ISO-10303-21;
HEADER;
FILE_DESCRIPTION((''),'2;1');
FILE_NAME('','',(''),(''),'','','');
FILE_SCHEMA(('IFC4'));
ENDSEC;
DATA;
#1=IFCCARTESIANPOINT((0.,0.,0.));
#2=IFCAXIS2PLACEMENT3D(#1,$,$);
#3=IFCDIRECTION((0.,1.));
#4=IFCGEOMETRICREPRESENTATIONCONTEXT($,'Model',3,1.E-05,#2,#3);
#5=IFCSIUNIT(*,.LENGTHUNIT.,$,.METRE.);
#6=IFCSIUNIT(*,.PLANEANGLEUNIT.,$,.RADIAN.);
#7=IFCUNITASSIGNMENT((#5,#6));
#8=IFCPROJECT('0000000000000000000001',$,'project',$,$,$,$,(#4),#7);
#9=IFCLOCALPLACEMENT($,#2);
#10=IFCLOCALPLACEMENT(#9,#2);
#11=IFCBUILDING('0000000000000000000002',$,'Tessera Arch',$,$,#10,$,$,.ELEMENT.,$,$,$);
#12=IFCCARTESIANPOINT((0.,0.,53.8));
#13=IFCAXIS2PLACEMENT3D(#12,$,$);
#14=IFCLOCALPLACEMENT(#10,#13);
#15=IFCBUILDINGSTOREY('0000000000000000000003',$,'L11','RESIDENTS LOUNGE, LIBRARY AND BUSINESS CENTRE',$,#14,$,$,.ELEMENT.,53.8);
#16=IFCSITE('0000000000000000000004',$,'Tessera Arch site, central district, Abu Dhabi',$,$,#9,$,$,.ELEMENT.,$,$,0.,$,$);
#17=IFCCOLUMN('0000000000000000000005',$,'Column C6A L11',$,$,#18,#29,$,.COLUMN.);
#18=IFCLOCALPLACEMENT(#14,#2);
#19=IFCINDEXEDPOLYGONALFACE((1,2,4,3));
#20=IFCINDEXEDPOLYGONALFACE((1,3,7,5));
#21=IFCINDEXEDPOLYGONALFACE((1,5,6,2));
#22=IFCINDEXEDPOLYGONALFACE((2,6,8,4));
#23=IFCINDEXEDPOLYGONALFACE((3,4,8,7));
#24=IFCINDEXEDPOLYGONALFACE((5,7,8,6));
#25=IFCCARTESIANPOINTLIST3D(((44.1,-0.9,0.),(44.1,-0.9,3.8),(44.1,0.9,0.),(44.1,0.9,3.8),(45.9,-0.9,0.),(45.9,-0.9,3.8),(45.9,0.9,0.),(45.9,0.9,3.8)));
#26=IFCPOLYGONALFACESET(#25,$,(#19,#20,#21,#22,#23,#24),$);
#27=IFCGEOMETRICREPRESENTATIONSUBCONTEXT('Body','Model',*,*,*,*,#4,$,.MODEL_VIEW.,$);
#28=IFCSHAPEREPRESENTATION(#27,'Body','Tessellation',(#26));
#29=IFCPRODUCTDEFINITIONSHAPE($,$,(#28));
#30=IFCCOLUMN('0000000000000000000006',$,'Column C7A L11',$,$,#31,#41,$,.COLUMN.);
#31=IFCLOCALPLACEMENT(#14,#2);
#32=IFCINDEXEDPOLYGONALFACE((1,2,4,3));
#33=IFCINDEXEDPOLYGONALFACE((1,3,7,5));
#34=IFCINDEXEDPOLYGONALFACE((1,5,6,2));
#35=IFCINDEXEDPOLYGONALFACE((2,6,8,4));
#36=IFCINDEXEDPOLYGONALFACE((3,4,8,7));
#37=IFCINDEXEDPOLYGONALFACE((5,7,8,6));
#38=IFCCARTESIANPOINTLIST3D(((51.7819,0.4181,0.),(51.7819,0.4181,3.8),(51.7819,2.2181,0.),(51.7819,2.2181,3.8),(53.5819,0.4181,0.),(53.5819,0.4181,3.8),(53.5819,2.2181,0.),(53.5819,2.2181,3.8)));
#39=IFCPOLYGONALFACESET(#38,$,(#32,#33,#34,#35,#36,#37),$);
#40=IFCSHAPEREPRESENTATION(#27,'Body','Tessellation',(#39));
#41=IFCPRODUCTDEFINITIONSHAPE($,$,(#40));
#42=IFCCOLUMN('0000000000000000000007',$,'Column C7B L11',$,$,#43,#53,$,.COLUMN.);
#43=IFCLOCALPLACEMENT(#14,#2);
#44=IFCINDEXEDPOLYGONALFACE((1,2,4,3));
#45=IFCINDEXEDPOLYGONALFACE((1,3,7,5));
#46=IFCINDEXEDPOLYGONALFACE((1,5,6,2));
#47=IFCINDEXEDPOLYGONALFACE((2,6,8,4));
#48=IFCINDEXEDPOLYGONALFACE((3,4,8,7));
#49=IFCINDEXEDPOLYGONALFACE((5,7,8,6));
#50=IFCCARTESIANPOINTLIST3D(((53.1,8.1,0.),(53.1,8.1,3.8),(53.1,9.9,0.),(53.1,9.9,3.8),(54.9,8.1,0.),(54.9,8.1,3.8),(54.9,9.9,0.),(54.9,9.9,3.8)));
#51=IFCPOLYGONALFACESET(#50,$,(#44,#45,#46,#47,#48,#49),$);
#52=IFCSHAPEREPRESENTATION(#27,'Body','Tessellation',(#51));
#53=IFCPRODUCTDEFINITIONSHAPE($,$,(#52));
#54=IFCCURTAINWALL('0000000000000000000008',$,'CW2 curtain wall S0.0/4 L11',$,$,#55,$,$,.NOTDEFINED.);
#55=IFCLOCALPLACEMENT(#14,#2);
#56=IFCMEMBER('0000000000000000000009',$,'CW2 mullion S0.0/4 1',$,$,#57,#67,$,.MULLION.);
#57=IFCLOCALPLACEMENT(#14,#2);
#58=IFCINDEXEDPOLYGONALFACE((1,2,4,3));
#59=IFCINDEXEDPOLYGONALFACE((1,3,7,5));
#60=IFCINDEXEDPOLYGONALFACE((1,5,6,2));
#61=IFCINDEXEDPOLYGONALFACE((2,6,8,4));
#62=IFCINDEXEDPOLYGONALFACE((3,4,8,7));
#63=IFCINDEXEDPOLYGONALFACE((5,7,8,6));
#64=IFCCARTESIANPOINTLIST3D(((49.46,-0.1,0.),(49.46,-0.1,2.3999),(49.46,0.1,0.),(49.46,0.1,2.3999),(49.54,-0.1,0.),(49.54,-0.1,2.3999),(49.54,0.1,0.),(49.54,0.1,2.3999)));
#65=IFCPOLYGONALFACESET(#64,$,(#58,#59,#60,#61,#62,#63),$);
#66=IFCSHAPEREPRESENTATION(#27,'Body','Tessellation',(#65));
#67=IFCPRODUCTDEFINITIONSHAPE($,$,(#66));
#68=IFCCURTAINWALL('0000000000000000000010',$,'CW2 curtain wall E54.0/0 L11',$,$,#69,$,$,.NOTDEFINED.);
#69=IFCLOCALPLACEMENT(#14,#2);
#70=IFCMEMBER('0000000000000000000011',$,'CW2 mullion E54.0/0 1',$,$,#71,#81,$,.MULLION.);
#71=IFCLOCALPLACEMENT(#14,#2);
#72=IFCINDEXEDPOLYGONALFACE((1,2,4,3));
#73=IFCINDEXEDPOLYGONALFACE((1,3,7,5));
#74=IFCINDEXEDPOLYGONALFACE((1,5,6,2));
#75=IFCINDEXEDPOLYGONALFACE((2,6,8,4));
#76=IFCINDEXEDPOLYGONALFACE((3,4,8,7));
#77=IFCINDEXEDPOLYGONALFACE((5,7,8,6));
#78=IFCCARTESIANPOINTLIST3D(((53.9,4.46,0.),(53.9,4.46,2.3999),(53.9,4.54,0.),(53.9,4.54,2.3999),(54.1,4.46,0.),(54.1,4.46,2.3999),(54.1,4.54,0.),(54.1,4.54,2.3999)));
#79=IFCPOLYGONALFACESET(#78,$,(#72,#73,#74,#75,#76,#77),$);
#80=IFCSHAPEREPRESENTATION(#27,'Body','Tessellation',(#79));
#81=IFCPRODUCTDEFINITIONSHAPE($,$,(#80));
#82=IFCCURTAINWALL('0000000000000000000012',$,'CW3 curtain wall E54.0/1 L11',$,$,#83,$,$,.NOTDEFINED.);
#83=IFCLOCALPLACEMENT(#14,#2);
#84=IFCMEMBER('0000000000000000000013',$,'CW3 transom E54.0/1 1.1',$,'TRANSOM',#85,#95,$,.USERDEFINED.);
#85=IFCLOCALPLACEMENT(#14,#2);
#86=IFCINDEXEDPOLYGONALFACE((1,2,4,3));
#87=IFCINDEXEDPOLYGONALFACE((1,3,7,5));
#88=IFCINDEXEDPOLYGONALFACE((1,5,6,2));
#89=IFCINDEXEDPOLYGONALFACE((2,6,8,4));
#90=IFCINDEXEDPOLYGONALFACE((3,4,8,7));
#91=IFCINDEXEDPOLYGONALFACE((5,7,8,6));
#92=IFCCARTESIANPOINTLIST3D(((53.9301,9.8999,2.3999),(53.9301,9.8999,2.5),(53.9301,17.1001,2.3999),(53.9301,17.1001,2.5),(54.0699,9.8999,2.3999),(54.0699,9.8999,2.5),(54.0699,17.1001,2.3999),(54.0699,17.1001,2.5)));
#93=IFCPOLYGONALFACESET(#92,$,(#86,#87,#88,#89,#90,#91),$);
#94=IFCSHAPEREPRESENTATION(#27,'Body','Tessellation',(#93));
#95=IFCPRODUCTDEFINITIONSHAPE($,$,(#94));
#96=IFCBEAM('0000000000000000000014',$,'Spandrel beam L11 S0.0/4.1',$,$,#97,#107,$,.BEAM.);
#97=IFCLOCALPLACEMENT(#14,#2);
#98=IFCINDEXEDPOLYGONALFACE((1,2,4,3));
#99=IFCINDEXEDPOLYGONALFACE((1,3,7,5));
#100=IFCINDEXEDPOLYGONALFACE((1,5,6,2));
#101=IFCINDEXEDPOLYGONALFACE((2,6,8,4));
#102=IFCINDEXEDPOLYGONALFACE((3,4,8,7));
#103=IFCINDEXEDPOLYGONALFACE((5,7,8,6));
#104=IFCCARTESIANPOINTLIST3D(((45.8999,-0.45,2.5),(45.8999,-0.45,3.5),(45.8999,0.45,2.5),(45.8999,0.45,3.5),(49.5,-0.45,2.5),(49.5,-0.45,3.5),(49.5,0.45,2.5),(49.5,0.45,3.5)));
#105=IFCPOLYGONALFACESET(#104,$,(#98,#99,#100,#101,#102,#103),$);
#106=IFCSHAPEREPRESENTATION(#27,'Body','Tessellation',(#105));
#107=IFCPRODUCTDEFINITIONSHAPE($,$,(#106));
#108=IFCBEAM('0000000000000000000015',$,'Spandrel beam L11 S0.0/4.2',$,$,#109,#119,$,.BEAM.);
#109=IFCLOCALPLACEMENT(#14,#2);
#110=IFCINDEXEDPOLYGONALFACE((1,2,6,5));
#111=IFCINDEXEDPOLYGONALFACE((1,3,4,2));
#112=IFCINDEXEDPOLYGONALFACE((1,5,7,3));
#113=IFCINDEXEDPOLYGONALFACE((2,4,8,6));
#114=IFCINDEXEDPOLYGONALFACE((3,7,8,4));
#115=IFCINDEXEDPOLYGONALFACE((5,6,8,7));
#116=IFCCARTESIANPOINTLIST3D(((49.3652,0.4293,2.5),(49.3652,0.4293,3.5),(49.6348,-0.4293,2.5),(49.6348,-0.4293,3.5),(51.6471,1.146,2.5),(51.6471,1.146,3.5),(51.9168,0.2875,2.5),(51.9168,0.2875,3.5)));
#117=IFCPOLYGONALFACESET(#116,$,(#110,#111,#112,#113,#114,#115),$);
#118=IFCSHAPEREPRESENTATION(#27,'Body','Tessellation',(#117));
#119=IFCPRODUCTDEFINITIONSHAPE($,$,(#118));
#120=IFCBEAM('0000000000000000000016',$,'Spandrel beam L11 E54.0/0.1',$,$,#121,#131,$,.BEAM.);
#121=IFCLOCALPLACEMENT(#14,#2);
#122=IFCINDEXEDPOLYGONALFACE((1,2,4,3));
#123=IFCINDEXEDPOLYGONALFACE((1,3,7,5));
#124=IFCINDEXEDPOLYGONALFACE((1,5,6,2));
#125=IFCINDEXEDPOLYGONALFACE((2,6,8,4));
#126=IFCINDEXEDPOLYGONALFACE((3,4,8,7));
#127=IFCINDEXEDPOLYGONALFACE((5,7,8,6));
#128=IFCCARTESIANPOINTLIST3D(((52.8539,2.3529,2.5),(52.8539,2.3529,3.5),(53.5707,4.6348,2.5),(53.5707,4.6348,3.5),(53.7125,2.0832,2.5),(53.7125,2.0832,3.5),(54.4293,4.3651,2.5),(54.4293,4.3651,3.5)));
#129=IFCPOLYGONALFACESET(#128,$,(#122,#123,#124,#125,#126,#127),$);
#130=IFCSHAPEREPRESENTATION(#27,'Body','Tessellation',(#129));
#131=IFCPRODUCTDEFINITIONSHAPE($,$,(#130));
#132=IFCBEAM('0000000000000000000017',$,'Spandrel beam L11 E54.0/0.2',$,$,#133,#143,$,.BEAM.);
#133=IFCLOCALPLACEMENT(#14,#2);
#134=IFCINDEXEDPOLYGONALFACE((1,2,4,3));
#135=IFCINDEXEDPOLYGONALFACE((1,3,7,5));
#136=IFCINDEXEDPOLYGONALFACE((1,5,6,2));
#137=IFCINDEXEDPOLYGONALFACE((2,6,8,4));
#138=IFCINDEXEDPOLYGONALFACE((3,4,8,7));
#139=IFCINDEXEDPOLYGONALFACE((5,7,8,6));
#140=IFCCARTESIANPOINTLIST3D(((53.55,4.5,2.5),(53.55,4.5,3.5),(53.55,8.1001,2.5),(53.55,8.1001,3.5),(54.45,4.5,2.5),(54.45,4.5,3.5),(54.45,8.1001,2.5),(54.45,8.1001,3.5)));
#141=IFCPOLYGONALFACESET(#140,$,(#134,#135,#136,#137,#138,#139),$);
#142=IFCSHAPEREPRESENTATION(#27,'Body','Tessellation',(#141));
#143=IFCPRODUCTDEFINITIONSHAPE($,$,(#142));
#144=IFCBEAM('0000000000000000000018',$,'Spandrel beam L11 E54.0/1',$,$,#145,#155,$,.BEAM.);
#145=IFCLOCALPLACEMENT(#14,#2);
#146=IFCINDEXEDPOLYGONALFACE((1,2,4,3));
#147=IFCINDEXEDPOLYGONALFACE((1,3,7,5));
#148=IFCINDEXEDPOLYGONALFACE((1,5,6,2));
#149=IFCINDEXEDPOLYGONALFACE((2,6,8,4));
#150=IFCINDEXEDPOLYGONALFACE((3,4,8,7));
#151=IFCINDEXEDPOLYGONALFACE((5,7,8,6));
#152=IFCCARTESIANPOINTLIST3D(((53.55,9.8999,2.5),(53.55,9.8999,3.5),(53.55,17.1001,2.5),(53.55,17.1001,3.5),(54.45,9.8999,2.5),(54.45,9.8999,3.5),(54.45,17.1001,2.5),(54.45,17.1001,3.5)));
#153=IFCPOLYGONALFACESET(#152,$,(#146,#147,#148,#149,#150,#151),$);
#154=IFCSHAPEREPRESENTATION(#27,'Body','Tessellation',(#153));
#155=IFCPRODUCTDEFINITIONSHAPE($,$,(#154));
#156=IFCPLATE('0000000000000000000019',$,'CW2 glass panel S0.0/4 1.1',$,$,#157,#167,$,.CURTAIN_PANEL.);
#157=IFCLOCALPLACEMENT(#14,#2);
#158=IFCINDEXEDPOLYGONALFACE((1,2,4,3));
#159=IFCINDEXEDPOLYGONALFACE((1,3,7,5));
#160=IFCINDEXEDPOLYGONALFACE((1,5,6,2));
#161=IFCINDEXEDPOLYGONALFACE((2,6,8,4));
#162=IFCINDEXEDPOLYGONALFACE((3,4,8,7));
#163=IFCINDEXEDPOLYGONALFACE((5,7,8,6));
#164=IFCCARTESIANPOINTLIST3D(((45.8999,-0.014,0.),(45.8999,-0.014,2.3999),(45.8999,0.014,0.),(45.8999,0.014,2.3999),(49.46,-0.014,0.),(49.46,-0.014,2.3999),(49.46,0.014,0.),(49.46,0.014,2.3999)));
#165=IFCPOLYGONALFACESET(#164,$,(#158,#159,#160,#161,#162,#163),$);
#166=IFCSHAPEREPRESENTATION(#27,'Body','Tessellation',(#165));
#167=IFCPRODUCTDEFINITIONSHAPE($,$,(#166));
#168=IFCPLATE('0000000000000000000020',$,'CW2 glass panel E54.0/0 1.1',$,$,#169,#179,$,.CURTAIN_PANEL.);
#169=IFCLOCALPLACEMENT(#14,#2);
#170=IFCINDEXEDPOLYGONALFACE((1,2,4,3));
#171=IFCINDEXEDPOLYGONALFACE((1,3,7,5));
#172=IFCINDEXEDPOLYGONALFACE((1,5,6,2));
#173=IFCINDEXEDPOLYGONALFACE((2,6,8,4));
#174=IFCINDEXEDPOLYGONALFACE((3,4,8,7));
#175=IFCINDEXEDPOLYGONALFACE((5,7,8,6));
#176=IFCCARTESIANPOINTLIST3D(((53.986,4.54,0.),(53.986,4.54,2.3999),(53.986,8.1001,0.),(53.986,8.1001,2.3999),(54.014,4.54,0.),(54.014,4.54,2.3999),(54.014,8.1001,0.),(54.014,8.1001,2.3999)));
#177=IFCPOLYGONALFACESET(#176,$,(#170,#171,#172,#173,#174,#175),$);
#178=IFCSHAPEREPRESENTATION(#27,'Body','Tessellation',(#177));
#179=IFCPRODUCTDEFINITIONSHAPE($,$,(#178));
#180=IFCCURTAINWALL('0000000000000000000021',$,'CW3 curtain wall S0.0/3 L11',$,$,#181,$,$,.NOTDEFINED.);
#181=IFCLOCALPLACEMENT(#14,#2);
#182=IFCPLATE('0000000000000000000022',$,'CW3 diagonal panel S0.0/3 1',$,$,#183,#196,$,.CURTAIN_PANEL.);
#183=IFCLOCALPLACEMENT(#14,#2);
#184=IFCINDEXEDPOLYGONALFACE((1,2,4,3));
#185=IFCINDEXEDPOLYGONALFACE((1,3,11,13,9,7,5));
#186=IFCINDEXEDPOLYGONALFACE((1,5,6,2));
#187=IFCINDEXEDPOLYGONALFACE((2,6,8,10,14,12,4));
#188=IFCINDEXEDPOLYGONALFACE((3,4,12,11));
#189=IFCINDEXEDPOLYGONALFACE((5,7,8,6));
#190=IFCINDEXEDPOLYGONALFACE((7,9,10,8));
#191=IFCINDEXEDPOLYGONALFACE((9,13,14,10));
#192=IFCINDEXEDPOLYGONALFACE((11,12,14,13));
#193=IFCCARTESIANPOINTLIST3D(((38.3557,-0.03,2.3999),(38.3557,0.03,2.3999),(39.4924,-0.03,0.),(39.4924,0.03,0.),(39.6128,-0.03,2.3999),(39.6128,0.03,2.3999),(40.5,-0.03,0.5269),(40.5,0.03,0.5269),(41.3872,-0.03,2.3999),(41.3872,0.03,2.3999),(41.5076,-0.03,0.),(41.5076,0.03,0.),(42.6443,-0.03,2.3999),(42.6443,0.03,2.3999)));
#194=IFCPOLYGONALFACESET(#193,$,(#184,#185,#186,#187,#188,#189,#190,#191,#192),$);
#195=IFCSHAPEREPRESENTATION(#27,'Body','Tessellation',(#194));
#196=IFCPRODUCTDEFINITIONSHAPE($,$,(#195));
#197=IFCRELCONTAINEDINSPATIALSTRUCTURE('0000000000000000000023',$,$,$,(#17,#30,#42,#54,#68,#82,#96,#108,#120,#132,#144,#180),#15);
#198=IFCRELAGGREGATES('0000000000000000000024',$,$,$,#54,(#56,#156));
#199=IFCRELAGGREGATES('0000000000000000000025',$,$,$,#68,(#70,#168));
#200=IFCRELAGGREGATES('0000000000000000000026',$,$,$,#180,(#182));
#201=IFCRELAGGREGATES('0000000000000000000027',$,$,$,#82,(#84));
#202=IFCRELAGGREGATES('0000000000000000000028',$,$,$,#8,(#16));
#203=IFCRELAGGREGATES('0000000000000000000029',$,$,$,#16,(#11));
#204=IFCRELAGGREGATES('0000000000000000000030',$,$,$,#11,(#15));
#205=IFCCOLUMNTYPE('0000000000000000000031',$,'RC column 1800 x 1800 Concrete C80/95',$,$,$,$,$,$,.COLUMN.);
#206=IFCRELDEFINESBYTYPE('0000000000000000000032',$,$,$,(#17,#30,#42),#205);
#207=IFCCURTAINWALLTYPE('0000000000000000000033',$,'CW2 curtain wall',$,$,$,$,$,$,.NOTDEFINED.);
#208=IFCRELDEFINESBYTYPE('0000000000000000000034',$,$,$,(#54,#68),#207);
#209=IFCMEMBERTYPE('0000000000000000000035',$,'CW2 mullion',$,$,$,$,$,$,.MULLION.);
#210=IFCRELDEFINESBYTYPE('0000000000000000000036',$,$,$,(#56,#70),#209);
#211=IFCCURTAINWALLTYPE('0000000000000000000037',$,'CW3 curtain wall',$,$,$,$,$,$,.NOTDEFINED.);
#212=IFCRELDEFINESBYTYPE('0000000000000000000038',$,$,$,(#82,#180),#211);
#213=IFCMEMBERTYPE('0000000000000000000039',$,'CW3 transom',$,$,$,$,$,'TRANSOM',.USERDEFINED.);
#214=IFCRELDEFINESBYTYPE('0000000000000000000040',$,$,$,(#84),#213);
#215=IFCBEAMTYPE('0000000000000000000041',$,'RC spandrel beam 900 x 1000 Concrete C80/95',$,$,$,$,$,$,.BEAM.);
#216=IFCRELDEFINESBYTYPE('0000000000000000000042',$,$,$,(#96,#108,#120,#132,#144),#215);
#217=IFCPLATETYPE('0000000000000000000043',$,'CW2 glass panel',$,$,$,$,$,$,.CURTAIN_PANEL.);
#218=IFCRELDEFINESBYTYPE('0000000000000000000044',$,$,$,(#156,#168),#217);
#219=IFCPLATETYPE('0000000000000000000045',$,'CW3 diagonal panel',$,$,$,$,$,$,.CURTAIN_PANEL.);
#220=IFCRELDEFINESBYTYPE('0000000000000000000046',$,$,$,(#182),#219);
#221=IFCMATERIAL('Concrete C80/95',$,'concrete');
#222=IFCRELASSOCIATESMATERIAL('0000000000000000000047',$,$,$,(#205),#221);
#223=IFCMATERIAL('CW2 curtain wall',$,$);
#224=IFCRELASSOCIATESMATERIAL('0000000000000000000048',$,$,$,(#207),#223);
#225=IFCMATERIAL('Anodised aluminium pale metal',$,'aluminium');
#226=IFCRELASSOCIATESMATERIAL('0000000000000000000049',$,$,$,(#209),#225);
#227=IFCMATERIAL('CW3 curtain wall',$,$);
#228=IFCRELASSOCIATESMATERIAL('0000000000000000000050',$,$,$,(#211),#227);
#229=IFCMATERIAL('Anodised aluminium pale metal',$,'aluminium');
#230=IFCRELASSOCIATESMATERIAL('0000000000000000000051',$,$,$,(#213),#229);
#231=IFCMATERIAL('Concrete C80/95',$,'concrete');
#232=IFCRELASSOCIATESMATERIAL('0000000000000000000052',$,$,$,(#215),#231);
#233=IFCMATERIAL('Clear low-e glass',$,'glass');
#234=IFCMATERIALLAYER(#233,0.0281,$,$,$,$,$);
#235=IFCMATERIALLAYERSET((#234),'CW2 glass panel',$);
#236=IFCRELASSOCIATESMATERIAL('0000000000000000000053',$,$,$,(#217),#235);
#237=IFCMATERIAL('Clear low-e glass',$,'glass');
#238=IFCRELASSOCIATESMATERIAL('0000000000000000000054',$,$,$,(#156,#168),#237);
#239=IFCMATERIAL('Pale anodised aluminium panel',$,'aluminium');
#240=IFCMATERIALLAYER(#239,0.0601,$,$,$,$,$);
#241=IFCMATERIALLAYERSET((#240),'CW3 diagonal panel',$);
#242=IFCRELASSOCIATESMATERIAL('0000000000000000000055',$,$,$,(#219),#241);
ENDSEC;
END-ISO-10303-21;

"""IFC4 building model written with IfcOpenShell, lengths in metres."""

from ifc_helpers import new_model, si_unit, direction, frame, origin, origin_2d, place, context, subcontext, project, spatial, polyline, rectangle, outline, extrude, material, layer, layer_set, material_profile, profile_set, type_object, element, aggregate, save


model = new_model("IFC4")

# Units and contexts
model_context = context("Model", 3, precision=1e-05, world=origin(), true_north=direction((0.0, 1.0)))
body_context = subcontext(model_context, "Body", "Model", "MODEL_VIEW")
ifc_project = project(units=[si_unit("LENGTHUNIT", "METRE"), si_unit("PLANEANGLEUNIT", "RADIAN")], contexts=[model_context])

# Site, building, storey
site_placement = place(None, origin())
site = spatial("IfcSite", under=ifc_project, at=site_placement, Name="Tessera Arch site, central district, Abu Dhabi", CompositionType="ELEMENT", RefElevation=0.0)
building_placement = place(site_placement, origin())
building = spatial("IfcBuilding", under=site, at=building_placement, Name="Tessera Arch", CompositionType="ELEMENT")
storey_placement = place(building_placement, frame((0.0, 0.0, 53.8)))
storey = spatial("IfcBuildingStorey", under=building, at=storey_placement, Name="L11", Description="RESIDENTS LOUNGE, LIBRARY AND BUSINESS CENTRE", CompositionType="ELEMENT", Elevation=53.8)

# Columns
ifc_material_1 = material(Name="Concrete C80/95", Category="concrete")
ifc_material_profile_1 = material_profile(ifc_material_1, rectangle(XDim=1.8, YDim=1.8, at=origin_2d()), Name="RC column 1800 x 1800 Concrete C80/95")
ifc_profile_set_1 = profile_set([ifc_material_profile_1], Name="Concrete C80/95")
column_type = type_object("IfcColumnType", Name="RC column 1800 x 1800 Concrete C80/95", PredefinedType="COLUMN", material=ifc_profile_set_1)
for number, where, z_axis, x_axis, name in (
    (1, (45.0, 0.0, 0.0), (0.0, 0.0, 1.0), (1.0, 0.0, 0.0), "Column C6A L11"),
    (2, (52.6819, 1.3181, 0.0), (0.0, 0.0, 1.0), (1.0, 0.0, 0.0), "Column C7A L11"),
    (3, (54.0, 9.0, 0.0), (0.0, 0.0, 1.0), (1.0, 0.0, 0.0), "Column C7B L11"),
):
    element("IfcColumn", number, at=place(storey_placement, frame(where, z_axis=z_axis, x_axis=x_axis)), inside=storey, type_object=column_type, Name=name, PredefinedType="COLUMN", context=body_context, shape_type="SweptSolid", body=[
        extrude(rectangle(XDim=1.8, YDim=1.8, at=origin_2d()), origin(), (0.0, 0.0, 1.0), 3.8),
    ])

# Curtain walls, members
ifc_material_2 = material(Name="CW2 curtain wall")
curtain_wall_type_1 = type_object("IfcCurtainWallType", Name="CW2 curtain wall", PredefinedType="NOTDEFINED", material=ifc_material_2)
curtain_wall_1_placement = place(storey_placement, origin())
curtain_wall_1 = element("IfcCurtainWall", 4, at=curtain_wall_1_placement, inside=storey, type_object=curtain_wall_type_1, Name="CW2 curtain wall S0.0/4 L11", PredefinedType="NOTDEFINED")
ifc_material_3 = material(Name="Anodised aluminium pale metal", Category="aluminium")
ifc_material_profile_2 = material_profile(ifc_material_3, rectangle(XDim=0.2, YDim=0.0801, at=origin_2d()), Name="AL 80x200")
ifc_profile_set_2 = profile_set([ifc_material_profile_2], Name="Anodised aluminium pale metal")
member_type_1 = type_object("IfcMemberType", Name="CW2 mullion", PredefinedType="MULLION", material=ifc_profile_set_2)
member_1_placement = place(storey_placement, frame((49.5, 0.0, 0.0), z_axis=(0.0, 0.0, 1.0), x_axis=(0.0, 1.0, 0.0)))
member_1 = element("IfcMember", 5, at=member_1_placement, type_object=member_type_1, Name="CW2 mullion S0.0/4 1", PredefinedType="MULLION", context=body_context, shape_type="SweptSolid", body=[
    extrude(rectangle(XDim=0.2, YDim=0.0801, at=origin_2d()), origin(), (0.0, 0.0, 1.0), 2.3999),
])
curtain_wall_2_placement = place(storey_placement, origin())
curtain_wall_2 = element("IfcCurtainWall", 6, at=curtain_wall_2_placement, inside=storey, type_object=curtain_wall_type_1, Name="CW2 curtain wall E54.0/0 L11", PredefinedType="NOTDEFINED")
member_2_placement = place(storey_placement, frame((54.0, 4.5, 0.0), z_axis=(0.0, 0.0, 1.0), x_axis=(-1.0, 0.0, 0.0)))
member_2 = element("IfcMember", 7, at=member_2_placement, type_object=member_type_1, Name="CW2 mullion E54.0/0 1", PredefinedType="MULLION", context=body_context, shape_type="SweptSolid", body=[
    extrude(rectangle(XDim=0.2, YDim=0.0801, at=origin_2d()), origin(), (0.0, 0.0, 1.0), 2.3999),
])
ifc_material_4 = material(Name="CW3 curtain wall")
curtain_wall_type_2 = type_object("IfcCurtainWallType", Name="CW3 curtain wall", PredefinedType="NOTDEFINED", material=ifc_material_4)
curtain_wall_3_placement = place(storey_placement, origin())
curtain_wall_3 = element("IfcCurtainWall", 8, at=curtain_wall_3_placement, inside=storey, type_object=curtain_wall_type_2, Name="CW3 curtain wall E54.0/1 L11", PredefinedType="NOTDEFINED")
ifc_material_5 = material(Name="Anodised aluminium pale metal", Category="aluminium")
ifc_material_profile_3 = material_profile(ifc_material_5, rectangle(XDim=0.1399, YDim=0.1001, at=origin_2d()), Name="AL 140x100")
ifc_profile_set_3 = profile_set([ifc_material_profile_3], Name="Anodised aluminium pale metal")
member_type_2 = type_object("IfcMemberType", Name="CW3 transom", ElementType="TRANSOM", PredefinedType="USERDEFINED", material=ifc_profile_set_3)
member_3_placement = place(storey_placement, frame((54.0, 9.8999, 2.45), z_axis=(0.0, 1.0, 0.0), x_axis=(-1.0, 0.0, 0.0)))
member_3 = element("IfcMember", 9, at=member_3_placement, type_object=member_type_2, Name="CW3 transom E54.0/1 1.1", ObjectType="TRANSOM", PredefinedType="USERDEFINED", context=body_context, shape_type="SweptSolid", body=[
    extrude(rectangle(XDim=0.1399, YDim=0.1001, at=origin_2d()), origin(), (0.0, 0.0, 1.0), 7.2002),
])

# Beams
ifc_material_6 = material(Name="Concrete C80/95", Category="concrete")
ifc_material_profile_4 = material_profile(ifc_material_6, rectangle(XDim=0.8999, YDim=1.0, at=origin_2d()), Name="RC spandrel beam 900 x 1000 Concrete C80/95")
ifc_profile_set_4 = profile_set([ifc_material_profile_4], Name="Concrete C80/95")
beam_type = type_object("IfcBeamType", Name="RC spandrel beam 900 x 1000 Concrete C80/95", PredefinedType="BEAM", material=ifc_profile_set_4)
beam_1_placement = place(storey_placement, frame((45.8999, 0.0, 3.0), z_axis=(1.0, 0.0, 0.0), x_axis=(0.0, 1.0, 0.0)))
element("IfcBeam", 10, at=beam_1_placement, inside=storey, type_object=beam_type, Name="Spandrel beam L11 S0.0/4.1", PredefinedType="BEAM", context=body_context, shape_type="SweptSolid", body=[
    extrude(rectangle(XDim=0.8999, YDim=1.0, at=origin_2d()), origin(), (0.0, 0.0, 1.0), 3.6001),
])
for number, where, z_axis, x_axis, name in (
    (11, (49.5, 0.0, 3.0), (0.954041, 0.299675, 0.0), (-0.299675, 0.954041, 0.0), "Spandrel beam L11 S0.0/4.2"),
    (12, (53.2832, 2.218, 3.0), (0.299675, 0.954041, 0.0), (-0.954041, 0.299675, 0.0), "Spandrel beam L11 E54.0/0.1"),
):
    element("IfcBeam", number, at=place(storey_placement, frame(where, z_axis=z_axis, x_axis=x_axis)), inside=storey, type_object=beam_type, Name=name, PredefinedType="BEAM", context=body_context, shape_type="SweptSolid", body=[
        extrude(rectangle(XDim=0.8999, YDim=1.0, at=origin_2d()), origin(), (0.0, 0.0, 1.0), 2.3918),
    ])
beam_2_placement = place(storey_placement, frame((54.0, 4.5, 3.0), z_axis=(0.0, 1.0, 0.0), x_axis=(-1.0, 0.0, 0.0)))
element("IfcBeam", 13, at=beam_2_placement, inside=storey, type_object=beam_type, Name="Spandrel beam L11 E54.0/0.2", PredefinedType="BEAM", context=body_context, shape_type="SweptSolid", body=[
    extrude(rectangle(XDim=0.8999, YDim=1.0, at=origin_2d()), origin(), (0.0, 0.0, 1.0), 3.6001),
])
beam_3_placement = place(storey_placement, frame((54.0, 9.8999, 3.0), z_axis=(0.0, 1.0, 0.0), x_axis=(-1.0, 0.0, 0.0)))
element("IfcBeam", 14, at=beam_3_placement, inside=storey, type_object=beam_type, Name="Spandrel beam L11 E54.0/1", PredefinedType="BEAM", context=body_context, shape_type="SweptSolid", body=[
    extrude(rectangle(XDim=0.8999, YDim=1.0, at=origin_2d()), origin(), (0.0, 0.0, 1.0), 7.2002),
])

# Plates
ifc_material_7 = material(Name="Clear low-e glass", Category="glass")
ifc_material_8 = material(Name="Clear low-e glass", Category="glass")
ifc_layer_1 = layer(ifc_material_8, 0.0281)
ifc_layer_set_1 = layer_set([ifc_layer_1], Name="CW2 glass panel")
plate_type_1 = type_object("IfcPlateType", Name="CW2 glass panel", PredefinedType="CURTAIN_PANEL", material=ifc_layer_set_1)
plate_1_placement = place(storey_placement, frame((47.6799, 0.0, 0.0), z_axis=(0.0, 0.0, 1.0), x_axis=(1.0, 0.0, 0.0)))
plate_1 = element("IfcPlate", 15, at=plate_1_placement, type_object=plate_type_1, material=ifc_material_7, Name="CW2 glass panel S0.0/4 1.1", PredefinedType="CURTAIN_PANEL", context=body_context, shape_type="SweptSolid", body=[
    extrude(rectangle(XDim=3.5601, YDim=0.0281, at=origin_2d()), origin(), (0.0, 0.0, 1.0), 2.3999),
])
aggregate(curtain_wall_1, [member_1, plate_1])
plate_2_placement = place(storey_placement, frame((54.0, 6.3201, 0.0), z_axis=(0.0, 0.0, 1.0), x_axis=(0.0, 1.0, 0.0)))
plate_2 = element("IfcPlate", 16, at=plate_2_placement, type_object=plate_type_1, material=ifc_material_7, Name="CW2 glass panel E54.0/0 1.1", PredefinedType="CURTAIN_PANEL", context=body_context, shape_type="SweptSolid", body=[
    extrude(rectangle(XDim=3.5601, YDim=0.0281, at=origin_2d()), origin(), (0.0, 0.0, 1.0), 2.3999),
])
aggregate(curtain_wall_2, [member_2, plate_2])

# Curtain wall, plate
curtain_wall_4_placement = place(storey_placement, origin())
curtain_wall_4 = element("IfcCurtainWall", 17, at=curtain_wall_4_placement, inside=storey, type_object=curtain_wall_type_2, Name="CW3 curtain wall S0.0/3 L11", PredefinedType="NOTDEFINED")
ifc_material_9 = material(Name="Pale anodised aluminium panel", Category="aluminium")
ifc_layer_2 = layer(ifc_material_9, 0.0601)
ifc_layer_set_2 = layer_set([ifc_layer_2], Name="CW3 diagonal panel")
plate_type_2 = type_object("IfcPlateType", Name="CW3 diagonal panel", PredefinedType="CURTAIN_PANEL", material=ifc_layer_set_2)
plate_3_placement = place(storey_placement, frame((42.6443, -0.03, 2.3999), z_axis=(0.0, -1.0, 0.0), x_axis=(-1.0, 0.0, 0.0)))
plate_3 = element("IfcPlate", 18, at=plate_3_placement, type_object=plate_type_2, Name="CW3 diagonal panel S0.0/3 1", PredefinedType="CURTAIN_PANEL", context=body_context, shape_type="SweptSolid", body=[
    extrude(outline(polyline([(0.0, 0.0), (1.2571, 0.0), (2.1443, 1.873), (3.0315, 0.0), (4.2886, 0.0), (3.1519, 2.3999), (1.1367, 2.3999), (0.0, 0.0)])), origin(), (0.0, 0.0, -1.0), 0.0601),
])
aggregate(curtain_wall_4, [plate_3])

aggregate(curtain_wall_3, [member_3])

save(model, "model.ifc")
